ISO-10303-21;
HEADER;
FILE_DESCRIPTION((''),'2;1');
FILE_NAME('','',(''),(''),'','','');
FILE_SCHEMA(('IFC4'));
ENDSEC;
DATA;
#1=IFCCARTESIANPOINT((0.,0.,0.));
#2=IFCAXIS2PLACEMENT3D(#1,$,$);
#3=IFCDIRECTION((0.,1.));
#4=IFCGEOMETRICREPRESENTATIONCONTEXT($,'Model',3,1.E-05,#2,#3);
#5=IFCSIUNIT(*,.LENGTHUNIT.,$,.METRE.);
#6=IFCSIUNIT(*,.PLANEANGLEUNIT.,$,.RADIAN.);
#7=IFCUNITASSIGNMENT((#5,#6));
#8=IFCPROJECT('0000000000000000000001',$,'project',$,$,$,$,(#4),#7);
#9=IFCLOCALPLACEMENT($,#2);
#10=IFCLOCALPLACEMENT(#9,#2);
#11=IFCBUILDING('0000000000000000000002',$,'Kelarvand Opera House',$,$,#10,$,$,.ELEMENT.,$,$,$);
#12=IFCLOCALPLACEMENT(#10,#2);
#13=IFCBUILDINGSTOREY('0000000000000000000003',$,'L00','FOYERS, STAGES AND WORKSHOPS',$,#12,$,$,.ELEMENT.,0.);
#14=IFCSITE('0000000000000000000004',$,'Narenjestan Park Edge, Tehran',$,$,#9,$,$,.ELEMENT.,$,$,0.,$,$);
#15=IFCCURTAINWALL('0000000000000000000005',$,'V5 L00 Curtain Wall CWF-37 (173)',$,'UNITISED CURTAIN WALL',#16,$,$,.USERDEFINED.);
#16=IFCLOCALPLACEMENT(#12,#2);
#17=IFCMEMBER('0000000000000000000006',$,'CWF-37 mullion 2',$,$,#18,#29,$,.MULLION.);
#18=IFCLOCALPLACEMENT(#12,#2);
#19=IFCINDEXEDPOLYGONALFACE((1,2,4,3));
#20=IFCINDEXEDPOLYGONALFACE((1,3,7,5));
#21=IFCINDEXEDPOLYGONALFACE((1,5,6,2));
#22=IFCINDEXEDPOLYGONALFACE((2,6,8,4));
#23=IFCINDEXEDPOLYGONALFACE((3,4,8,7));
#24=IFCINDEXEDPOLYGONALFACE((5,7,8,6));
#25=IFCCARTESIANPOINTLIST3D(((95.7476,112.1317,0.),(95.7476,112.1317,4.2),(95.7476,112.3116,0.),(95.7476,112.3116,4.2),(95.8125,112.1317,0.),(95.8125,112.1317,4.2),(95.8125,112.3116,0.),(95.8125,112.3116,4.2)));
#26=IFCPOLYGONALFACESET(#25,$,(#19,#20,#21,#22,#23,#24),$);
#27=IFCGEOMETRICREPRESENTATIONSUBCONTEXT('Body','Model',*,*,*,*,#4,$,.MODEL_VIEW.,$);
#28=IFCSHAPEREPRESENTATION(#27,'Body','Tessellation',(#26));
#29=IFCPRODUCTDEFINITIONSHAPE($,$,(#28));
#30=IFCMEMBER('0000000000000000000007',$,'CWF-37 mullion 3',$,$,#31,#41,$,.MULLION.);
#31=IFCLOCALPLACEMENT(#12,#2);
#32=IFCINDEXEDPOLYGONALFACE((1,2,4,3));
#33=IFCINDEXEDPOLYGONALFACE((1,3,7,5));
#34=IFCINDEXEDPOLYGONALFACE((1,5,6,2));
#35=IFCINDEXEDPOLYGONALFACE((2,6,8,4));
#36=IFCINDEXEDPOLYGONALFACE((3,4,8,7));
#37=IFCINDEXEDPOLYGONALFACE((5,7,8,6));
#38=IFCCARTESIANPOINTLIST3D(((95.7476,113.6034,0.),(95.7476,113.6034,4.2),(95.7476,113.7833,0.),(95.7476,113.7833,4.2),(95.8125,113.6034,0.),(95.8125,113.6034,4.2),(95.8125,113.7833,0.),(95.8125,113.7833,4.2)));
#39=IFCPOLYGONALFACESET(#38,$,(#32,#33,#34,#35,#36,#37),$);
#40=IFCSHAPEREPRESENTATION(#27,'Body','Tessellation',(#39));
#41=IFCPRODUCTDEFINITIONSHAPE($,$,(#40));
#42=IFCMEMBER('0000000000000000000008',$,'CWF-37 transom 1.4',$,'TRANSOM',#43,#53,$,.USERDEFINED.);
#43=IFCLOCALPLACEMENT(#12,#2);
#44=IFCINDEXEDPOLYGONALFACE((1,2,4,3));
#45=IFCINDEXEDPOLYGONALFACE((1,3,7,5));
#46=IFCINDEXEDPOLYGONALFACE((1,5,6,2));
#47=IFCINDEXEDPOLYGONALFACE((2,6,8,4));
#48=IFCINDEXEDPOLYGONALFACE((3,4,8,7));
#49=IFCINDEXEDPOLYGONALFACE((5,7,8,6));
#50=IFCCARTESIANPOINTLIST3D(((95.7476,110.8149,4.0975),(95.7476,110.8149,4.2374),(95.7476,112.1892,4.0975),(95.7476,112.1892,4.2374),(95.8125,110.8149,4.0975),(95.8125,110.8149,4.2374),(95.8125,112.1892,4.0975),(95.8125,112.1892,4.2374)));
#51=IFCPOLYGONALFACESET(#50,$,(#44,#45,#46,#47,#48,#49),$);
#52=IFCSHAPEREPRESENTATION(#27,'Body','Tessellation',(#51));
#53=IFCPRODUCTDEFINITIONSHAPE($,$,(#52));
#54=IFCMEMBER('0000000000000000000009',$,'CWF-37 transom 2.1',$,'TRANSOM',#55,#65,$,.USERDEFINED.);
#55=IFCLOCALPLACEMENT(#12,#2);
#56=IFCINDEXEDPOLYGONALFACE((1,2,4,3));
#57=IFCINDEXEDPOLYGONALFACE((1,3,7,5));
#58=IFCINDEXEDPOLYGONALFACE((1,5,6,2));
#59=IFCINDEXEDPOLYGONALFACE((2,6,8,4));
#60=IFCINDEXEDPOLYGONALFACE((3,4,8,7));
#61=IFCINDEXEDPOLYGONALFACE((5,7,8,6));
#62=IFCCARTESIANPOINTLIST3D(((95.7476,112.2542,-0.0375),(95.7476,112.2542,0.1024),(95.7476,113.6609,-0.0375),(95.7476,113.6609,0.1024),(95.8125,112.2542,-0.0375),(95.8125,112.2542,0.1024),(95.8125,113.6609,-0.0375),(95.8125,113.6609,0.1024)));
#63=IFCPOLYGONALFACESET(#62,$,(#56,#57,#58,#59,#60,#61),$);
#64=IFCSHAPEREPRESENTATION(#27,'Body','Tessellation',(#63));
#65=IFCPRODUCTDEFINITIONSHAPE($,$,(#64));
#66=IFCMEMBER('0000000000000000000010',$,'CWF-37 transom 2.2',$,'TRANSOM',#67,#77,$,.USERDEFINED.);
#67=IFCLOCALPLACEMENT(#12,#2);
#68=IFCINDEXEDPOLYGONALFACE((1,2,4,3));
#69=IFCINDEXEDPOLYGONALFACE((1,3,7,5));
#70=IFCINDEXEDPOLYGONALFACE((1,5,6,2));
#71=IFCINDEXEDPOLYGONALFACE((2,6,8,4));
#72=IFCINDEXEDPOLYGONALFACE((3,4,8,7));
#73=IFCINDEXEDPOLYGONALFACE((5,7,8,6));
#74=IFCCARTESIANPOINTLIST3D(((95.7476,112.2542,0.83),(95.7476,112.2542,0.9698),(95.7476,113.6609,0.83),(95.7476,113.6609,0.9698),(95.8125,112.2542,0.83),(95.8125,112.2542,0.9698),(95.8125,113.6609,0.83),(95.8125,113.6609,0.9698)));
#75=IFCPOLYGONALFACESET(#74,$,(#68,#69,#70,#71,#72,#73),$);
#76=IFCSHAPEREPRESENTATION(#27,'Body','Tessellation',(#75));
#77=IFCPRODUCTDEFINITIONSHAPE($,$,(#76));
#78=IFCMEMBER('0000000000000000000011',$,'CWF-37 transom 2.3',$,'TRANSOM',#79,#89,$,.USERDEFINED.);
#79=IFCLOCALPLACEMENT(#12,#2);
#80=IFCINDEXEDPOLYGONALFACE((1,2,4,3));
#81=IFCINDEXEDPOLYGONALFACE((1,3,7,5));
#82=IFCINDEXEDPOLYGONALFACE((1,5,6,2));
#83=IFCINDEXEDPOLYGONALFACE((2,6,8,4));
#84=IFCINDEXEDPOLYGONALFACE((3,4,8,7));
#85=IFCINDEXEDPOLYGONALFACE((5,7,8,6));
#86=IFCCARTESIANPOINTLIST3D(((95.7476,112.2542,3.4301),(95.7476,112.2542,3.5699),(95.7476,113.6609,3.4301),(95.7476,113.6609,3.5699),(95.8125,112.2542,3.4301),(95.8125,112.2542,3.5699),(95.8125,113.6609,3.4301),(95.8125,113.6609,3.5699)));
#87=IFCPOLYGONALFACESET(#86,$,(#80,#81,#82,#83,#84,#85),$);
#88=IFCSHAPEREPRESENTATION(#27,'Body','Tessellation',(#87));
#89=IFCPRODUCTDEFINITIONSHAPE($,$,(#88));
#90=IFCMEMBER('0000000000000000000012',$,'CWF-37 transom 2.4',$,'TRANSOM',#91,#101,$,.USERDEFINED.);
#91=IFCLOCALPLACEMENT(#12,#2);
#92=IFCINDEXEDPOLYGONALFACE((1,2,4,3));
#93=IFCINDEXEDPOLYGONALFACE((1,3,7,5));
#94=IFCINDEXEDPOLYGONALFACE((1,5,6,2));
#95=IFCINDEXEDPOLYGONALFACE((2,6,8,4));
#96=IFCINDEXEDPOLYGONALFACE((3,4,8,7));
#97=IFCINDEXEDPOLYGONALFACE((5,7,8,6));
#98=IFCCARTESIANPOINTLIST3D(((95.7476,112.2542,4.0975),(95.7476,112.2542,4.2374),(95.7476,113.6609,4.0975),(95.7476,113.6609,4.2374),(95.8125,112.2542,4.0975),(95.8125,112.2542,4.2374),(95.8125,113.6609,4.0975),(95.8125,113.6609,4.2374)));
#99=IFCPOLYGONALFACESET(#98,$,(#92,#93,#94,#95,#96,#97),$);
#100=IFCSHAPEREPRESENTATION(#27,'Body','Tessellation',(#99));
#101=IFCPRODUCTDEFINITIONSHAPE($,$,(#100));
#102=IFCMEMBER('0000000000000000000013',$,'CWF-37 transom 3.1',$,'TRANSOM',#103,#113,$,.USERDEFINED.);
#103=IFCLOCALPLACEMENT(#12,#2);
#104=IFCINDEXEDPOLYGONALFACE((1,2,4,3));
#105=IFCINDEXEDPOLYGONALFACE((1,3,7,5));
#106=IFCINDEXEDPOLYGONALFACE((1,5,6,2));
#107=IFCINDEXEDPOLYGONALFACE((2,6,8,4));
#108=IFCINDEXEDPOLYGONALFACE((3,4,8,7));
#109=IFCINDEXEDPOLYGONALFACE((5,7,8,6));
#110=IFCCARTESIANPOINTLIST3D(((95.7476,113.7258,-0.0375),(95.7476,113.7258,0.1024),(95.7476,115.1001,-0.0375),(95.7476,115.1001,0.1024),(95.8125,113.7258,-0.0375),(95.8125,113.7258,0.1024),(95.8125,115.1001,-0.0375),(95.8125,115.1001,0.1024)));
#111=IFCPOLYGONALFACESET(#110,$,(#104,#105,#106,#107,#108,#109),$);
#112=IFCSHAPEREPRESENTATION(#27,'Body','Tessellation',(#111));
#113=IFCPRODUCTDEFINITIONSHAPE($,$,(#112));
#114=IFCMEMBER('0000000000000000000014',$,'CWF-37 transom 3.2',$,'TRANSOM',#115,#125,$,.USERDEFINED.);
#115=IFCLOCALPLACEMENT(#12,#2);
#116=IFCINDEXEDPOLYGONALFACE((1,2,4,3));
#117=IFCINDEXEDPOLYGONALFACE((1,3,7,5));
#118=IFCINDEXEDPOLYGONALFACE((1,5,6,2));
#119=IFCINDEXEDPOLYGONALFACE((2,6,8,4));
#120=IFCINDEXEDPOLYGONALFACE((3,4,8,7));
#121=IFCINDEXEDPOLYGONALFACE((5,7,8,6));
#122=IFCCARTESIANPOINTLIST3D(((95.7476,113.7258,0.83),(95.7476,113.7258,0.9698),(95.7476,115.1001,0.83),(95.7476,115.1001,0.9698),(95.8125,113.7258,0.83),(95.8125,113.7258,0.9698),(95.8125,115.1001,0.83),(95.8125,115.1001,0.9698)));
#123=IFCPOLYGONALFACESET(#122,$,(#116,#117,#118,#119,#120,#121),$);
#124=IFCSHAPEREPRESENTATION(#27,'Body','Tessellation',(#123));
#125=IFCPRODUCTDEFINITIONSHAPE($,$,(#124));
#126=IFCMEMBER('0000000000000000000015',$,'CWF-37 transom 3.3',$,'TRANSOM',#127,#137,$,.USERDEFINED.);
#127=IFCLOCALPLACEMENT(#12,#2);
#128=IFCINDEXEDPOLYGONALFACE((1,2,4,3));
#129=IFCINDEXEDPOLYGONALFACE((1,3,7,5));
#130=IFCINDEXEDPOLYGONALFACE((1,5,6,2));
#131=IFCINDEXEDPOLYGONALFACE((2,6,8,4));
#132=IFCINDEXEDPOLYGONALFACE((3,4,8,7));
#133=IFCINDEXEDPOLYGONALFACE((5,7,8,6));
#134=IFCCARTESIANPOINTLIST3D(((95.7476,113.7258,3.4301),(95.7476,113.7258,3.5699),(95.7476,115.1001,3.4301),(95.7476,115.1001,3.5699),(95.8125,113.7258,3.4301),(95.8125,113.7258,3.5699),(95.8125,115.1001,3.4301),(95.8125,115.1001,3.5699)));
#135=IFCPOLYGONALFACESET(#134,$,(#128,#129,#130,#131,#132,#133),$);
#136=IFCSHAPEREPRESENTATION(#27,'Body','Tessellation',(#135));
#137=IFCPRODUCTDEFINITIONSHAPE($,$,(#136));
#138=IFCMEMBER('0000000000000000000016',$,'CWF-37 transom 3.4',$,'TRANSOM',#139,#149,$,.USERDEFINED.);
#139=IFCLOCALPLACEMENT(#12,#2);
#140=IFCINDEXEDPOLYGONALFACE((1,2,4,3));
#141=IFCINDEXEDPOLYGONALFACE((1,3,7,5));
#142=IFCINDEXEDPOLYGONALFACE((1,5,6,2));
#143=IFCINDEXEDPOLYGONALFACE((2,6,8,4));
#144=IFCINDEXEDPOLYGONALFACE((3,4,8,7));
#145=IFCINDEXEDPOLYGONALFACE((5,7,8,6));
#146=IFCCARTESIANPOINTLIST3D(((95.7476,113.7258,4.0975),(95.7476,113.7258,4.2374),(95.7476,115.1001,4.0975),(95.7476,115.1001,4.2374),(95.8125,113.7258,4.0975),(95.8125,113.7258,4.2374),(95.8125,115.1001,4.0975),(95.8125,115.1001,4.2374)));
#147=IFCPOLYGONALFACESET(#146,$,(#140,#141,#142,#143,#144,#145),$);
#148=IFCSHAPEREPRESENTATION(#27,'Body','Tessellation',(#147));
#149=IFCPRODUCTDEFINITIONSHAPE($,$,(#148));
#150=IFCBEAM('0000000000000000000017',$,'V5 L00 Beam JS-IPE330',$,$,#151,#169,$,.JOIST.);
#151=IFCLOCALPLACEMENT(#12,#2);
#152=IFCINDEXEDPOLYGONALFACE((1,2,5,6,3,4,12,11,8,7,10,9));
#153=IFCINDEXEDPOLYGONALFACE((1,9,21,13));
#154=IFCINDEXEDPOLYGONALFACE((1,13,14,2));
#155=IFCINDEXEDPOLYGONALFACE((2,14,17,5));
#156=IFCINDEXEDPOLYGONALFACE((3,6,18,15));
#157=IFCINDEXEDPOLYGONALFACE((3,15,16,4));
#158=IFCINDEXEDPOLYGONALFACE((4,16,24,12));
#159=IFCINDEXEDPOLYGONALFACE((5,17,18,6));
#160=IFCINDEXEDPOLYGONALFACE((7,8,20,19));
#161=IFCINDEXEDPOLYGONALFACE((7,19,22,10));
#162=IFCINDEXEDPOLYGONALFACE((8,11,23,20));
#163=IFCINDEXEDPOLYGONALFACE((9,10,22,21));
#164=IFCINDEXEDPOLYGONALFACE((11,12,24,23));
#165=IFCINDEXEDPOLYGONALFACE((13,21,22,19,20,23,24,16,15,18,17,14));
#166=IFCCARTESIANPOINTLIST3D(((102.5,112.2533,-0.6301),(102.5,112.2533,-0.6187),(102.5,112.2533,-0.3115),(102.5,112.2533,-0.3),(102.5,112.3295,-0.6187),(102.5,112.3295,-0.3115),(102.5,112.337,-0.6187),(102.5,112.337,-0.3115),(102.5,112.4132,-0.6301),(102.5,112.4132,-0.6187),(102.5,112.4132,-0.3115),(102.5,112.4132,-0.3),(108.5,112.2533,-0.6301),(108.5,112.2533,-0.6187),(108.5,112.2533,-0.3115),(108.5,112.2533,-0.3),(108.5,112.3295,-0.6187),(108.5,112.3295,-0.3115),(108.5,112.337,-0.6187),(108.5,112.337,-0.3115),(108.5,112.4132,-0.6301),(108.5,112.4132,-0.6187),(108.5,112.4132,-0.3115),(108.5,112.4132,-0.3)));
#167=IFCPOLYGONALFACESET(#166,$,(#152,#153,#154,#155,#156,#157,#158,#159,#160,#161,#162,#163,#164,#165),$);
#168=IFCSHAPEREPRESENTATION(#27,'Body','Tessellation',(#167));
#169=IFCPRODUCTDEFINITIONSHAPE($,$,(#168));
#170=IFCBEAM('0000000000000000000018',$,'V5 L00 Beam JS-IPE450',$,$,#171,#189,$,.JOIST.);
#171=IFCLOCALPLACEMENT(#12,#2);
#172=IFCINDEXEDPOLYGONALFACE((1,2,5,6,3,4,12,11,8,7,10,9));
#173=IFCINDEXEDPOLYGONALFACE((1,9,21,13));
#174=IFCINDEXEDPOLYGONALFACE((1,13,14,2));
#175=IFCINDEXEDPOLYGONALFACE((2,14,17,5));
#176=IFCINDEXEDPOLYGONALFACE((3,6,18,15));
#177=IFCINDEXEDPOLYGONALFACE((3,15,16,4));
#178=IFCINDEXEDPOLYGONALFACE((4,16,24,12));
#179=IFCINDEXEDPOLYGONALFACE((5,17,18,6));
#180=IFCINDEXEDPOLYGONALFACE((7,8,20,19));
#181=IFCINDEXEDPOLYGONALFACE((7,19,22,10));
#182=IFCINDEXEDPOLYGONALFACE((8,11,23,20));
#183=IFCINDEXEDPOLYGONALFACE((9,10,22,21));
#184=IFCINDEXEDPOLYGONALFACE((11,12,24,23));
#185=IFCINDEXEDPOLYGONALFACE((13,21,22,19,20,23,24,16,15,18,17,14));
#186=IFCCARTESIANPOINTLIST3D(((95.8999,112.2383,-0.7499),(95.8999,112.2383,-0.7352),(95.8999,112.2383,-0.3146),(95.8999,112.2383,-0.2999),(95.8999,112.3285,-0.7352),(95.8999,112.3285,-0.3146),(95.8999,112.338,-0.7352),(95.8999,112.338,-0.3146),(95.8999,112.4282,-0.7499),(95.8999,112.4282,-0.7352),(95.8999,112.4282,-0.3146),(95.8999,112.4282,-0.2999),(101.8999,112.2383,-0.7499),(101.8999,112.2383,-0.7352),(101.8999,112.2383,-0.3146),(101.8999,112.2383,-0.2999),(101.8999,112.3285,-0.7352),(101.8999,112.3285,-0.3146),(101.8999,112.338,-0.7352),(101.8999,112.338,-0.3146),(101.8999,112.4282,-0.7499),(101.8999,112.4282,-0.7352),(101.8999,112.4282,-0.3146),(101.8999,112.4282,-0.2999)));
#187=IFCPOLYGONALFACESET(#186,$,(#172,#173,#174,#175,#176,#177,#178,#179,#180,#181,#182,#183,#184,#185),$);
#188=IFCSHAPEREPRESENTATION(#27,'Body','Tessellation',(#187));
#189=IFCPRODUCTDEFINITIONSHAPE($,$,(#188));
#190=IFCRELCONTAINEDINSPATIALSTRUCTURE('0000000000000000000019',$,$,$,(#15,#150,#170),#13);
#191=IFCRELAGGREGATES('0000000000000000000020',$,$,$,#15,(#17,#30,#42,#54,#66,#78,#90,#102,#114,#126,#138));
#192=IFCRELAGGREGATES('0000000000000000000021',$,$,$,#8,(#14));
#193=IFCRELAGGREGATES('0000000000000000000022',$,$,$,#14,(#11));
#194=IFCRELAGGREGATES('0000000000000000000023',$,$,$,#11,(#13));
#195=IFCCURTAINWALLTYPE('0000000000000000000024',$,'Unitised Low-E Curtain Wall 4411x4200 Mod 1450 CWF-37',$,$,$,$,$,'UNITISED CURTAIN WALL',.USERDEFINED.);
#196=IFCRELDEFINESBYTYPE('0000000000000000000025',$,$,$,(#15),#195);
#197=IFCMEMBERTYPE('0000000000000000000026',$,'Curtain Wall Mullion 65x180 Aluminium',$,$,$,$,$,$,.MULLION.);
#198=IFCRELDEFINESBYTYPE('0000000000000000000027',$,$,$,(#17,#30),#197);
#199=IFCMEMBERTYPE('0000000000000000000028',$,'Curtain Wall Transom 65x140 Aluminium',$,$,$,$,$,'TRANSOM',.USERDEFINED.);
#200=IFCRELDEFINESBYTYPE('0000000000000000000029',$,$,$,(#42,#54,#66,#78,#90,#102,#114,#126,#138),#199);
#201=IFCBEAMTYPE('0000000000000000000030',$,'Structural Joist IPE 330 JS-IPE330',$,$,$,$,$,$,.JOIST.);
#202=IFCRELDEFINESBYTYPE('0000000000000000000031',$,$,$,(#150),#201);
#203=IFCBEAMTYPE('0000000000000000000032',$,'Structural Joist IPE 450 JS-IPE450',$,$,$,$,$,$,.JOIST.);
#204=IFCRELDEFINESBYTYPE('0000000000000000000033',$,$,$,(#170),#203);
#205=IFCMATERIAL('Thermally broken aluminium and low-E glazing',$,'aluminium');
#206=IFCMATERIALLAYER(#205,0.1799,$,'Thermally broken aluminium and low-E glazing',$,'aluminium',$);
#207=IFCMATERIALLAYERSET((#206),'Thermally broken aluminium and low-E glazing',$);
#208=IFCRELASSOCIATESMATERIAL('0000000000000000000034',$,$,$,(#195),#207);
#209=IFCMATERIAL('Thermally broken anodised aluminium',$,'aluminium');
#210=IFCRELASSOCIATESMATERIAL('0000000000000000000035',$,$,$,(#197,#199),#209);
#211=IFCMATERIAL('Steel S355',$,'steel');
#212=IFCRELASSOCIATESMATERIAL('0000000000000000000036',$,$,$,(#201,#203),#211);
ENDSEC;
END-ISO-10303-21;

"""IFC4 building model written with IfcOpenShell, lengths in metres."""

from ifc_helpers import new_model, si_unit, direction, frame, origin, origin_2d, place, context, subcontext, project, spatial, rectangle, i_section, extrude, material, layer, layer_set, material_profile, profile_set, type_object, element, aggregate, save


model = new_model("IFC4")

# Units and contexts
model_context = context("Model", 3, precision=1e-05, world=origin(), true_north=direction((0.0, 1.0)))
body_context = subcontext(model_context, "Body", "Model", "MODEL_VIEW")
ifc_project = project(units=[si_unit("LENGTHUNIT", "METRE"), si_unit("PLANEANGLEUNIT", "RADIAN")], contexts=[model_context])

# Site, building, storey
site_placement = place(None, origin())
site = spatial("IfcSite", under=ifc_project, at=site_placement, Name="Narenjestan Park Edge, Tehran", CompositionType="ELEMENT", RefElevation=0.0)
building_placement = place(site_placement, origin())
building = spatial("IfcBuilding", under=site, at=building_placement, Name="Kelarvand Opera House", CompositionType="ELEMENT")
storey_placement = place(building_placement, origin())
storey = spatial("IfcBuildingStorey", under=building, at=storey_placement, Name="L00", Description="FOYERS, STAGES AND WORKSHOPS", CompositionType="ELEMENT", Elevation=0.0)

# Curtain wall, members
ifc_material_1 = material(Name="Thermally broken aluminium and low-E glazing", Category="aluminium")
ifc_layer_1 = layer(ifc_material_1, 0.1799, Name="Thermally broken aluminium and low-E glazing", Category="aluminium")
ifc_layer_set_1 = layer_set([ifc_layer_1], Name="Thermally broken aluminium and low-E glazing")
curtain_wall_type = type_object("IfcCurtainWallType", Name="Unitised Low-E Curtain Wall 4411x4200 Mod 1450 CWF-37", ElementType="UNITISED CURTAIN WALL", PredefinedType="USERDEFINED", material=ifc_layer_set_1)
curtain_wall_placement = place(storey_placement, origin())
curtain_wall = element("IfcCurtainWall", 1, at=curtain_wall_placement, inside=storey, type_object=curtain_wall_type, Name="V5 L00 Curtain Wall CWF-37 (173)", ObjectType="UNITISED CURTAIN WALL", PredefinedType="USERDEFINED")
ifc_material_2 = material(Name="Thermally broken anodised aluminium", Category="aluminium")
ifc_material_profile_1 = material_profile(ifc_material_2, rectangle(XDim=0.0649, YDim=0.1799, at=origin_2d()), Name="ALU MULLION 65x180", Category="aluminium")
ifc_profile_set_1 = profile_set([ifc_material_profile_1], Name="Thermally broken anodised aluminium")
member_type_1 = type_object("IfcMemberType", Name="Curtain Wall Mullion 65x180 Aluminium", PredefinedType="MULLION", material=ifc_profile_set_1)
member_1_placement = place(storey_placement, frame((95.78, 112.2217, 0.0), z_axis=(0.0, 0.0, 1.0), x_axis=(-1.0, 0.0, 0.0)))
member_1 = element("IfcMember", 2, at=member_1_placement, type_object=member_type_1, Name="CWF-37 mullion 2", PredefinedType="MULLION", context=body_context, shape_type="SweptSolid", body=[
    extrude(rectangle(XDim=0.0649, YDim=0.1799, at=origin_2d()), origin(), (0.0, 0.0, 1.0), 4.2),
])
member_2_placement = place(storey_placement, frame((95.78, 113.6934, 0.0), z_axis=(0.0, 0.0, 1.0), x_axis=(-1.0, 0.0, 0.0)))
member_2 = element("IfcMember", 3, at=member_2_placement, type_object=member_type_1, Name="CWF-37 mullion 3", PredefinedType="MULLION", context=body_context, shape_type="SweptSolid", body=[
    extrude(rectangle(XDim=0.0649, YDim=0.1799, at=origin_2d()), origin(), (0.0, 0.0, 1.0), 4.2),
])
ifc_material_profile_2 = material_profile(ifc_material_2, rectangle(XDim=0.0649, YDim=0.1399, at=origin_2d()), Name="ALU TRANSOM 65x140", Category="aluminium")
ifc_profile_set_2 = profile_set([ifc_material_profile_2], Name="Thermally broken anodised aluminium")
member_type_2 = type_object("IfcMemberType", Name="Curtain Wall Transom 65x140 Aluminium", ElementType="TRANSOM", PredefinedType="USERDEFINED", material=ifc_profile_set_2)
member_3_placement = place(storey_placement, frame((95.78, 110.8149, 4.1675), z_axis=(0.0, 1.0, 0.0), x_axis=(-1.0, 0.0, 0.0)))
member_3 = element("IfcMember", 4, at=member_3_placement, type_object=member_type_2, Name="CWF-37 transom 1.4", ObjectType="TRANSOM", PredefinedType="USERDEFINED", context=body_context, shape_type="SweptSolid", body=[
    extrude(rectangle(XDim=0.0649, YDim=0.1399, at=origin_2d()), origin(), (0.0, 0.0, 1.0), 1.3743),
])
member_4_placement = place(storey_placement, frame((95.78, 112.2542, 0.0325), z_axis=(0.0, 1.0, 0.0), x_axis=(-1.0, 0.0, 0.0)))
member_4 = element("IfcMember", 5, at=member_4_placement, type_object=member_type_2, Name="CWF-37 transom 2.1", ObjectType="TRANSOM", PredefinedType="USERDEFINED", context=body_context, shape_type="SweptSolid", body=[
    extrude(rectangle(XDim=0.0649, YDim=0.1399, at=origin_2d()), origin(), (0.0, 0.0, 1.0), 1.4067),
])
member_5_placement = place(storey_placement, frame((95.78, 112.2542, 0.8999), z_axis=(0.0, 1.0, 0.0), x_axis=(-1.0, 0.0, 0.0)))
member_5 = element("IfcMember", 6, at=member_5_placement, type_object=member_type_2, Name="CWF-37 transom 2.2", ObjectType="TRANSOM", PredefinedType="USERDEFINED", context=body_context, shape_type="SweptSolid", body=[
    extrude(rectangle(XDim=0.0649, YDim=0.1399, at=origin_2d()), origin(), (0.0, 0.0, 1.0), 1.4067),
])
member_6_placement = place(storey_placement, frame((95.78, 112.2542, 3.5), z_axis=(0.0, 1.0, 0.0), x_axis=(-1.0, 0.0, 0.0)))
member_6 = element("IfcMember", 7, at=member_6_placement, type_object=member_type_2, Name="CWF-37 transom 2.3", ObjectType="TRANSOM", PredefinedType="USERDEFINED", context=body_context, shape_type="SweptSolid", body=[
    extrude(rectangle(XDim=0.0649, YDim=0.1399, at=origin_2d()), origin(), (0.0, 0.0, 1.0), 1.4067),
])
member_7_placement = place(storey_placement, frame((95.78, 112.2542, 4.1675), z_axis=(0.0, 1.0, 0.0), x_axis=(-1.0, 0.0, 0.0)))
member_7 = element("IfcMember", 8, at=member_7_placement, type_object=member_type_2, Name="CWF-37 transom 2.4", ObjectType="TRANSOM", PredefinedType="USERDEFINED", context=body_context, shape_type="SweptSolid", body=[
    extrude(rectangle(XDim=0.0649, YDim=0.1399, at=origin_2d()), origin(), (0.0, 0.0, 1.0), 1.4067),
])
member_8_placement = place(storey_placement, frame((95.78, 113.7258, 0.0325), z_axis=(0.0, 1.0, 0.0), x_axis=(-1.0, 0.0, 0.0)))
member_8 = element("IfcMember", 9, at=member_8_placement, type_object=member_type_2, Name="CWF-37 transom 3.1", ObjectType="TRANSOM", PredefinedType="USERDEFINED", context=body_context, shape_type="SweptSolid", body=[
    extrude(rectangle(XDim=0.0649, YDim=0.1399, at=origin_2d()), origin(), (0.0, 0.0, 1.0), 1.3743),
])
member_9_placement = place(storey_placement, frame((95.78, 113.7258, 0.8999), z_axis=(0.0, 1.0, 0.0), x_axis=(-1.0, 0.0, 0.0)))
member_9 = element("IfcMember", 10, at=member_9_placement, type_object=member_type_2, Name="CWF-37 transom 3.2", ObjectType="TRANSOM", PredefinedType="USERDEFINED", context=body_context, shape_type="SweptSolid", body=[
    extrude(rectangle(XDim=0.0649, YDim=0.1399, at=origin_2d()), origin(), (0.0, 0.0, 1.0), 1.3743),
])
member_10_placement = place(storey_placement, frame((95.78, 113.7258, 3.5), z_axis=(0.0, 1.0, 0.0), x_axis=(-1.0, 0.0, 0.0)))
member_10 = element("IfcMember", 11, at=member_10_placement, type_object=member_type_2, Name="CWF-37 transom 3.3", ObjectType="TRANSOM", PredefinedType="USERDEFINED", context=body_context, shape_type="SweptSolid", body=[
    extrude(rectangle(XDim=0.0649, YDim=0.1399, at=origin_2d()), origin(), (0.0, 0.0, 1.0), 1.3743),
])
member_11_placement = place(storey_placement, frame((95.78, 113.7258, 4.1675), z_axis=(0.0, 1.0, 0.0), x_axis=(-1.0, 0.0, 0.0)))
member_11 = element("IfcMember", 12, at=member_11_placement, type_object=member_type_2, Name="CWF-37 transom 3.4", ObjectType="TRANSOM", PredefinedType="USERDEFINED", context=body_context, shape_type="SweptSolid", body=[
    extrude(rectangle(XDim=0.0649, YDim=0.1399, at=origin_2d()), origin(), (0.0, 0.0, 1.0), 1.3743),
])

# Beams
ifc_material_3 = material(Name="Steel S355", Category="steel")
ifc_material_profile_3 = material_profile(ifc_material_3, i_section(OverallWidth=0.1599, OverallDepth=0.3301, WebThickness=0.0076, FlangeThickness=0.0115, at=origin_2d()), Name="IPE 330", Category="steel")
ifc_profile_set_3 = profile_set([ifc_material_profile_3], Name="Steel S355")
beam_type_1 = type_object("IfcBeamType", Name="Structural Joist IPE 330 JS-IPE330", PredefinedType="JOIST", material=ifc_profile_set_3)
beam_1_placement = place(storey_placement, frame((102.5, 112.3333, -0.4651), z_axis=(1.0, 0.0, 0.0), x_axis=(0.0, 1.0, 0.0)))
element("IfcBeam", 13, at=beam_1_placement, inside=storey, type_object=beam_type_1, Name="V5 L00 Beam JS-IPE330", PredefinedType="JOIST", context=body_context, shape_type="SweptSolid", body=[
    extrude(i_section(OverallWidth=0.1599, OverallDepth=0.3301, WebThickness=0.0076, FlangeThickness=0.0115, at=origin_2d()), origin(), (0.0, 0.0, 1.0), 6.0),
])
ifc_material_profile_4 = material_profile(ifc_material_3, i_section(OverallWidth=0.1899, OverallDepth=0.45, WebThickness=0.0095, FlangeThickness=0.0146, at=origin_2d()), Name="IPE 450", Category="steel")
ifc_profile_set_4 = profile_set([ifc_material_profile_4], Name="Steel S355")
beam_type_2 = type_object("IfcBeamType", Name="Structural Joist IPE 450 JS-IPE450", PredefinedType="JOIST", material=ifc_profile_set_4)
beam_2_placement = place(storey_placement, frame((95.8999, 112.3333, -0.5249), z_axis=(1.0, 0.0, 0.0), x_axis=(0.0, 1.0, 0.0)))
element("IfcBeam", 14, at=beam_2_placement, inside=storey, type_object=beam_type_2, Name="V5 L00 Beam JS-IPE450", PredefinedType="JOIST", context=body_context, shape_type="SweptSolid", body=[
    extrude(i_section(OverallWidth=0.1899, OverallDepth=0.45, WebThickness=0.0095, FlangeThickness=0.0146, at=origin_2d()), origin(), (0.0, 0.0, 1.0), 6.0),
])

aggregate(curtain_wall, [member_1, member_2, member_3, member_4, member_5, member_6, member_7, member_8, member_9, member_10, member_11])

save(model, "model.ifc")
